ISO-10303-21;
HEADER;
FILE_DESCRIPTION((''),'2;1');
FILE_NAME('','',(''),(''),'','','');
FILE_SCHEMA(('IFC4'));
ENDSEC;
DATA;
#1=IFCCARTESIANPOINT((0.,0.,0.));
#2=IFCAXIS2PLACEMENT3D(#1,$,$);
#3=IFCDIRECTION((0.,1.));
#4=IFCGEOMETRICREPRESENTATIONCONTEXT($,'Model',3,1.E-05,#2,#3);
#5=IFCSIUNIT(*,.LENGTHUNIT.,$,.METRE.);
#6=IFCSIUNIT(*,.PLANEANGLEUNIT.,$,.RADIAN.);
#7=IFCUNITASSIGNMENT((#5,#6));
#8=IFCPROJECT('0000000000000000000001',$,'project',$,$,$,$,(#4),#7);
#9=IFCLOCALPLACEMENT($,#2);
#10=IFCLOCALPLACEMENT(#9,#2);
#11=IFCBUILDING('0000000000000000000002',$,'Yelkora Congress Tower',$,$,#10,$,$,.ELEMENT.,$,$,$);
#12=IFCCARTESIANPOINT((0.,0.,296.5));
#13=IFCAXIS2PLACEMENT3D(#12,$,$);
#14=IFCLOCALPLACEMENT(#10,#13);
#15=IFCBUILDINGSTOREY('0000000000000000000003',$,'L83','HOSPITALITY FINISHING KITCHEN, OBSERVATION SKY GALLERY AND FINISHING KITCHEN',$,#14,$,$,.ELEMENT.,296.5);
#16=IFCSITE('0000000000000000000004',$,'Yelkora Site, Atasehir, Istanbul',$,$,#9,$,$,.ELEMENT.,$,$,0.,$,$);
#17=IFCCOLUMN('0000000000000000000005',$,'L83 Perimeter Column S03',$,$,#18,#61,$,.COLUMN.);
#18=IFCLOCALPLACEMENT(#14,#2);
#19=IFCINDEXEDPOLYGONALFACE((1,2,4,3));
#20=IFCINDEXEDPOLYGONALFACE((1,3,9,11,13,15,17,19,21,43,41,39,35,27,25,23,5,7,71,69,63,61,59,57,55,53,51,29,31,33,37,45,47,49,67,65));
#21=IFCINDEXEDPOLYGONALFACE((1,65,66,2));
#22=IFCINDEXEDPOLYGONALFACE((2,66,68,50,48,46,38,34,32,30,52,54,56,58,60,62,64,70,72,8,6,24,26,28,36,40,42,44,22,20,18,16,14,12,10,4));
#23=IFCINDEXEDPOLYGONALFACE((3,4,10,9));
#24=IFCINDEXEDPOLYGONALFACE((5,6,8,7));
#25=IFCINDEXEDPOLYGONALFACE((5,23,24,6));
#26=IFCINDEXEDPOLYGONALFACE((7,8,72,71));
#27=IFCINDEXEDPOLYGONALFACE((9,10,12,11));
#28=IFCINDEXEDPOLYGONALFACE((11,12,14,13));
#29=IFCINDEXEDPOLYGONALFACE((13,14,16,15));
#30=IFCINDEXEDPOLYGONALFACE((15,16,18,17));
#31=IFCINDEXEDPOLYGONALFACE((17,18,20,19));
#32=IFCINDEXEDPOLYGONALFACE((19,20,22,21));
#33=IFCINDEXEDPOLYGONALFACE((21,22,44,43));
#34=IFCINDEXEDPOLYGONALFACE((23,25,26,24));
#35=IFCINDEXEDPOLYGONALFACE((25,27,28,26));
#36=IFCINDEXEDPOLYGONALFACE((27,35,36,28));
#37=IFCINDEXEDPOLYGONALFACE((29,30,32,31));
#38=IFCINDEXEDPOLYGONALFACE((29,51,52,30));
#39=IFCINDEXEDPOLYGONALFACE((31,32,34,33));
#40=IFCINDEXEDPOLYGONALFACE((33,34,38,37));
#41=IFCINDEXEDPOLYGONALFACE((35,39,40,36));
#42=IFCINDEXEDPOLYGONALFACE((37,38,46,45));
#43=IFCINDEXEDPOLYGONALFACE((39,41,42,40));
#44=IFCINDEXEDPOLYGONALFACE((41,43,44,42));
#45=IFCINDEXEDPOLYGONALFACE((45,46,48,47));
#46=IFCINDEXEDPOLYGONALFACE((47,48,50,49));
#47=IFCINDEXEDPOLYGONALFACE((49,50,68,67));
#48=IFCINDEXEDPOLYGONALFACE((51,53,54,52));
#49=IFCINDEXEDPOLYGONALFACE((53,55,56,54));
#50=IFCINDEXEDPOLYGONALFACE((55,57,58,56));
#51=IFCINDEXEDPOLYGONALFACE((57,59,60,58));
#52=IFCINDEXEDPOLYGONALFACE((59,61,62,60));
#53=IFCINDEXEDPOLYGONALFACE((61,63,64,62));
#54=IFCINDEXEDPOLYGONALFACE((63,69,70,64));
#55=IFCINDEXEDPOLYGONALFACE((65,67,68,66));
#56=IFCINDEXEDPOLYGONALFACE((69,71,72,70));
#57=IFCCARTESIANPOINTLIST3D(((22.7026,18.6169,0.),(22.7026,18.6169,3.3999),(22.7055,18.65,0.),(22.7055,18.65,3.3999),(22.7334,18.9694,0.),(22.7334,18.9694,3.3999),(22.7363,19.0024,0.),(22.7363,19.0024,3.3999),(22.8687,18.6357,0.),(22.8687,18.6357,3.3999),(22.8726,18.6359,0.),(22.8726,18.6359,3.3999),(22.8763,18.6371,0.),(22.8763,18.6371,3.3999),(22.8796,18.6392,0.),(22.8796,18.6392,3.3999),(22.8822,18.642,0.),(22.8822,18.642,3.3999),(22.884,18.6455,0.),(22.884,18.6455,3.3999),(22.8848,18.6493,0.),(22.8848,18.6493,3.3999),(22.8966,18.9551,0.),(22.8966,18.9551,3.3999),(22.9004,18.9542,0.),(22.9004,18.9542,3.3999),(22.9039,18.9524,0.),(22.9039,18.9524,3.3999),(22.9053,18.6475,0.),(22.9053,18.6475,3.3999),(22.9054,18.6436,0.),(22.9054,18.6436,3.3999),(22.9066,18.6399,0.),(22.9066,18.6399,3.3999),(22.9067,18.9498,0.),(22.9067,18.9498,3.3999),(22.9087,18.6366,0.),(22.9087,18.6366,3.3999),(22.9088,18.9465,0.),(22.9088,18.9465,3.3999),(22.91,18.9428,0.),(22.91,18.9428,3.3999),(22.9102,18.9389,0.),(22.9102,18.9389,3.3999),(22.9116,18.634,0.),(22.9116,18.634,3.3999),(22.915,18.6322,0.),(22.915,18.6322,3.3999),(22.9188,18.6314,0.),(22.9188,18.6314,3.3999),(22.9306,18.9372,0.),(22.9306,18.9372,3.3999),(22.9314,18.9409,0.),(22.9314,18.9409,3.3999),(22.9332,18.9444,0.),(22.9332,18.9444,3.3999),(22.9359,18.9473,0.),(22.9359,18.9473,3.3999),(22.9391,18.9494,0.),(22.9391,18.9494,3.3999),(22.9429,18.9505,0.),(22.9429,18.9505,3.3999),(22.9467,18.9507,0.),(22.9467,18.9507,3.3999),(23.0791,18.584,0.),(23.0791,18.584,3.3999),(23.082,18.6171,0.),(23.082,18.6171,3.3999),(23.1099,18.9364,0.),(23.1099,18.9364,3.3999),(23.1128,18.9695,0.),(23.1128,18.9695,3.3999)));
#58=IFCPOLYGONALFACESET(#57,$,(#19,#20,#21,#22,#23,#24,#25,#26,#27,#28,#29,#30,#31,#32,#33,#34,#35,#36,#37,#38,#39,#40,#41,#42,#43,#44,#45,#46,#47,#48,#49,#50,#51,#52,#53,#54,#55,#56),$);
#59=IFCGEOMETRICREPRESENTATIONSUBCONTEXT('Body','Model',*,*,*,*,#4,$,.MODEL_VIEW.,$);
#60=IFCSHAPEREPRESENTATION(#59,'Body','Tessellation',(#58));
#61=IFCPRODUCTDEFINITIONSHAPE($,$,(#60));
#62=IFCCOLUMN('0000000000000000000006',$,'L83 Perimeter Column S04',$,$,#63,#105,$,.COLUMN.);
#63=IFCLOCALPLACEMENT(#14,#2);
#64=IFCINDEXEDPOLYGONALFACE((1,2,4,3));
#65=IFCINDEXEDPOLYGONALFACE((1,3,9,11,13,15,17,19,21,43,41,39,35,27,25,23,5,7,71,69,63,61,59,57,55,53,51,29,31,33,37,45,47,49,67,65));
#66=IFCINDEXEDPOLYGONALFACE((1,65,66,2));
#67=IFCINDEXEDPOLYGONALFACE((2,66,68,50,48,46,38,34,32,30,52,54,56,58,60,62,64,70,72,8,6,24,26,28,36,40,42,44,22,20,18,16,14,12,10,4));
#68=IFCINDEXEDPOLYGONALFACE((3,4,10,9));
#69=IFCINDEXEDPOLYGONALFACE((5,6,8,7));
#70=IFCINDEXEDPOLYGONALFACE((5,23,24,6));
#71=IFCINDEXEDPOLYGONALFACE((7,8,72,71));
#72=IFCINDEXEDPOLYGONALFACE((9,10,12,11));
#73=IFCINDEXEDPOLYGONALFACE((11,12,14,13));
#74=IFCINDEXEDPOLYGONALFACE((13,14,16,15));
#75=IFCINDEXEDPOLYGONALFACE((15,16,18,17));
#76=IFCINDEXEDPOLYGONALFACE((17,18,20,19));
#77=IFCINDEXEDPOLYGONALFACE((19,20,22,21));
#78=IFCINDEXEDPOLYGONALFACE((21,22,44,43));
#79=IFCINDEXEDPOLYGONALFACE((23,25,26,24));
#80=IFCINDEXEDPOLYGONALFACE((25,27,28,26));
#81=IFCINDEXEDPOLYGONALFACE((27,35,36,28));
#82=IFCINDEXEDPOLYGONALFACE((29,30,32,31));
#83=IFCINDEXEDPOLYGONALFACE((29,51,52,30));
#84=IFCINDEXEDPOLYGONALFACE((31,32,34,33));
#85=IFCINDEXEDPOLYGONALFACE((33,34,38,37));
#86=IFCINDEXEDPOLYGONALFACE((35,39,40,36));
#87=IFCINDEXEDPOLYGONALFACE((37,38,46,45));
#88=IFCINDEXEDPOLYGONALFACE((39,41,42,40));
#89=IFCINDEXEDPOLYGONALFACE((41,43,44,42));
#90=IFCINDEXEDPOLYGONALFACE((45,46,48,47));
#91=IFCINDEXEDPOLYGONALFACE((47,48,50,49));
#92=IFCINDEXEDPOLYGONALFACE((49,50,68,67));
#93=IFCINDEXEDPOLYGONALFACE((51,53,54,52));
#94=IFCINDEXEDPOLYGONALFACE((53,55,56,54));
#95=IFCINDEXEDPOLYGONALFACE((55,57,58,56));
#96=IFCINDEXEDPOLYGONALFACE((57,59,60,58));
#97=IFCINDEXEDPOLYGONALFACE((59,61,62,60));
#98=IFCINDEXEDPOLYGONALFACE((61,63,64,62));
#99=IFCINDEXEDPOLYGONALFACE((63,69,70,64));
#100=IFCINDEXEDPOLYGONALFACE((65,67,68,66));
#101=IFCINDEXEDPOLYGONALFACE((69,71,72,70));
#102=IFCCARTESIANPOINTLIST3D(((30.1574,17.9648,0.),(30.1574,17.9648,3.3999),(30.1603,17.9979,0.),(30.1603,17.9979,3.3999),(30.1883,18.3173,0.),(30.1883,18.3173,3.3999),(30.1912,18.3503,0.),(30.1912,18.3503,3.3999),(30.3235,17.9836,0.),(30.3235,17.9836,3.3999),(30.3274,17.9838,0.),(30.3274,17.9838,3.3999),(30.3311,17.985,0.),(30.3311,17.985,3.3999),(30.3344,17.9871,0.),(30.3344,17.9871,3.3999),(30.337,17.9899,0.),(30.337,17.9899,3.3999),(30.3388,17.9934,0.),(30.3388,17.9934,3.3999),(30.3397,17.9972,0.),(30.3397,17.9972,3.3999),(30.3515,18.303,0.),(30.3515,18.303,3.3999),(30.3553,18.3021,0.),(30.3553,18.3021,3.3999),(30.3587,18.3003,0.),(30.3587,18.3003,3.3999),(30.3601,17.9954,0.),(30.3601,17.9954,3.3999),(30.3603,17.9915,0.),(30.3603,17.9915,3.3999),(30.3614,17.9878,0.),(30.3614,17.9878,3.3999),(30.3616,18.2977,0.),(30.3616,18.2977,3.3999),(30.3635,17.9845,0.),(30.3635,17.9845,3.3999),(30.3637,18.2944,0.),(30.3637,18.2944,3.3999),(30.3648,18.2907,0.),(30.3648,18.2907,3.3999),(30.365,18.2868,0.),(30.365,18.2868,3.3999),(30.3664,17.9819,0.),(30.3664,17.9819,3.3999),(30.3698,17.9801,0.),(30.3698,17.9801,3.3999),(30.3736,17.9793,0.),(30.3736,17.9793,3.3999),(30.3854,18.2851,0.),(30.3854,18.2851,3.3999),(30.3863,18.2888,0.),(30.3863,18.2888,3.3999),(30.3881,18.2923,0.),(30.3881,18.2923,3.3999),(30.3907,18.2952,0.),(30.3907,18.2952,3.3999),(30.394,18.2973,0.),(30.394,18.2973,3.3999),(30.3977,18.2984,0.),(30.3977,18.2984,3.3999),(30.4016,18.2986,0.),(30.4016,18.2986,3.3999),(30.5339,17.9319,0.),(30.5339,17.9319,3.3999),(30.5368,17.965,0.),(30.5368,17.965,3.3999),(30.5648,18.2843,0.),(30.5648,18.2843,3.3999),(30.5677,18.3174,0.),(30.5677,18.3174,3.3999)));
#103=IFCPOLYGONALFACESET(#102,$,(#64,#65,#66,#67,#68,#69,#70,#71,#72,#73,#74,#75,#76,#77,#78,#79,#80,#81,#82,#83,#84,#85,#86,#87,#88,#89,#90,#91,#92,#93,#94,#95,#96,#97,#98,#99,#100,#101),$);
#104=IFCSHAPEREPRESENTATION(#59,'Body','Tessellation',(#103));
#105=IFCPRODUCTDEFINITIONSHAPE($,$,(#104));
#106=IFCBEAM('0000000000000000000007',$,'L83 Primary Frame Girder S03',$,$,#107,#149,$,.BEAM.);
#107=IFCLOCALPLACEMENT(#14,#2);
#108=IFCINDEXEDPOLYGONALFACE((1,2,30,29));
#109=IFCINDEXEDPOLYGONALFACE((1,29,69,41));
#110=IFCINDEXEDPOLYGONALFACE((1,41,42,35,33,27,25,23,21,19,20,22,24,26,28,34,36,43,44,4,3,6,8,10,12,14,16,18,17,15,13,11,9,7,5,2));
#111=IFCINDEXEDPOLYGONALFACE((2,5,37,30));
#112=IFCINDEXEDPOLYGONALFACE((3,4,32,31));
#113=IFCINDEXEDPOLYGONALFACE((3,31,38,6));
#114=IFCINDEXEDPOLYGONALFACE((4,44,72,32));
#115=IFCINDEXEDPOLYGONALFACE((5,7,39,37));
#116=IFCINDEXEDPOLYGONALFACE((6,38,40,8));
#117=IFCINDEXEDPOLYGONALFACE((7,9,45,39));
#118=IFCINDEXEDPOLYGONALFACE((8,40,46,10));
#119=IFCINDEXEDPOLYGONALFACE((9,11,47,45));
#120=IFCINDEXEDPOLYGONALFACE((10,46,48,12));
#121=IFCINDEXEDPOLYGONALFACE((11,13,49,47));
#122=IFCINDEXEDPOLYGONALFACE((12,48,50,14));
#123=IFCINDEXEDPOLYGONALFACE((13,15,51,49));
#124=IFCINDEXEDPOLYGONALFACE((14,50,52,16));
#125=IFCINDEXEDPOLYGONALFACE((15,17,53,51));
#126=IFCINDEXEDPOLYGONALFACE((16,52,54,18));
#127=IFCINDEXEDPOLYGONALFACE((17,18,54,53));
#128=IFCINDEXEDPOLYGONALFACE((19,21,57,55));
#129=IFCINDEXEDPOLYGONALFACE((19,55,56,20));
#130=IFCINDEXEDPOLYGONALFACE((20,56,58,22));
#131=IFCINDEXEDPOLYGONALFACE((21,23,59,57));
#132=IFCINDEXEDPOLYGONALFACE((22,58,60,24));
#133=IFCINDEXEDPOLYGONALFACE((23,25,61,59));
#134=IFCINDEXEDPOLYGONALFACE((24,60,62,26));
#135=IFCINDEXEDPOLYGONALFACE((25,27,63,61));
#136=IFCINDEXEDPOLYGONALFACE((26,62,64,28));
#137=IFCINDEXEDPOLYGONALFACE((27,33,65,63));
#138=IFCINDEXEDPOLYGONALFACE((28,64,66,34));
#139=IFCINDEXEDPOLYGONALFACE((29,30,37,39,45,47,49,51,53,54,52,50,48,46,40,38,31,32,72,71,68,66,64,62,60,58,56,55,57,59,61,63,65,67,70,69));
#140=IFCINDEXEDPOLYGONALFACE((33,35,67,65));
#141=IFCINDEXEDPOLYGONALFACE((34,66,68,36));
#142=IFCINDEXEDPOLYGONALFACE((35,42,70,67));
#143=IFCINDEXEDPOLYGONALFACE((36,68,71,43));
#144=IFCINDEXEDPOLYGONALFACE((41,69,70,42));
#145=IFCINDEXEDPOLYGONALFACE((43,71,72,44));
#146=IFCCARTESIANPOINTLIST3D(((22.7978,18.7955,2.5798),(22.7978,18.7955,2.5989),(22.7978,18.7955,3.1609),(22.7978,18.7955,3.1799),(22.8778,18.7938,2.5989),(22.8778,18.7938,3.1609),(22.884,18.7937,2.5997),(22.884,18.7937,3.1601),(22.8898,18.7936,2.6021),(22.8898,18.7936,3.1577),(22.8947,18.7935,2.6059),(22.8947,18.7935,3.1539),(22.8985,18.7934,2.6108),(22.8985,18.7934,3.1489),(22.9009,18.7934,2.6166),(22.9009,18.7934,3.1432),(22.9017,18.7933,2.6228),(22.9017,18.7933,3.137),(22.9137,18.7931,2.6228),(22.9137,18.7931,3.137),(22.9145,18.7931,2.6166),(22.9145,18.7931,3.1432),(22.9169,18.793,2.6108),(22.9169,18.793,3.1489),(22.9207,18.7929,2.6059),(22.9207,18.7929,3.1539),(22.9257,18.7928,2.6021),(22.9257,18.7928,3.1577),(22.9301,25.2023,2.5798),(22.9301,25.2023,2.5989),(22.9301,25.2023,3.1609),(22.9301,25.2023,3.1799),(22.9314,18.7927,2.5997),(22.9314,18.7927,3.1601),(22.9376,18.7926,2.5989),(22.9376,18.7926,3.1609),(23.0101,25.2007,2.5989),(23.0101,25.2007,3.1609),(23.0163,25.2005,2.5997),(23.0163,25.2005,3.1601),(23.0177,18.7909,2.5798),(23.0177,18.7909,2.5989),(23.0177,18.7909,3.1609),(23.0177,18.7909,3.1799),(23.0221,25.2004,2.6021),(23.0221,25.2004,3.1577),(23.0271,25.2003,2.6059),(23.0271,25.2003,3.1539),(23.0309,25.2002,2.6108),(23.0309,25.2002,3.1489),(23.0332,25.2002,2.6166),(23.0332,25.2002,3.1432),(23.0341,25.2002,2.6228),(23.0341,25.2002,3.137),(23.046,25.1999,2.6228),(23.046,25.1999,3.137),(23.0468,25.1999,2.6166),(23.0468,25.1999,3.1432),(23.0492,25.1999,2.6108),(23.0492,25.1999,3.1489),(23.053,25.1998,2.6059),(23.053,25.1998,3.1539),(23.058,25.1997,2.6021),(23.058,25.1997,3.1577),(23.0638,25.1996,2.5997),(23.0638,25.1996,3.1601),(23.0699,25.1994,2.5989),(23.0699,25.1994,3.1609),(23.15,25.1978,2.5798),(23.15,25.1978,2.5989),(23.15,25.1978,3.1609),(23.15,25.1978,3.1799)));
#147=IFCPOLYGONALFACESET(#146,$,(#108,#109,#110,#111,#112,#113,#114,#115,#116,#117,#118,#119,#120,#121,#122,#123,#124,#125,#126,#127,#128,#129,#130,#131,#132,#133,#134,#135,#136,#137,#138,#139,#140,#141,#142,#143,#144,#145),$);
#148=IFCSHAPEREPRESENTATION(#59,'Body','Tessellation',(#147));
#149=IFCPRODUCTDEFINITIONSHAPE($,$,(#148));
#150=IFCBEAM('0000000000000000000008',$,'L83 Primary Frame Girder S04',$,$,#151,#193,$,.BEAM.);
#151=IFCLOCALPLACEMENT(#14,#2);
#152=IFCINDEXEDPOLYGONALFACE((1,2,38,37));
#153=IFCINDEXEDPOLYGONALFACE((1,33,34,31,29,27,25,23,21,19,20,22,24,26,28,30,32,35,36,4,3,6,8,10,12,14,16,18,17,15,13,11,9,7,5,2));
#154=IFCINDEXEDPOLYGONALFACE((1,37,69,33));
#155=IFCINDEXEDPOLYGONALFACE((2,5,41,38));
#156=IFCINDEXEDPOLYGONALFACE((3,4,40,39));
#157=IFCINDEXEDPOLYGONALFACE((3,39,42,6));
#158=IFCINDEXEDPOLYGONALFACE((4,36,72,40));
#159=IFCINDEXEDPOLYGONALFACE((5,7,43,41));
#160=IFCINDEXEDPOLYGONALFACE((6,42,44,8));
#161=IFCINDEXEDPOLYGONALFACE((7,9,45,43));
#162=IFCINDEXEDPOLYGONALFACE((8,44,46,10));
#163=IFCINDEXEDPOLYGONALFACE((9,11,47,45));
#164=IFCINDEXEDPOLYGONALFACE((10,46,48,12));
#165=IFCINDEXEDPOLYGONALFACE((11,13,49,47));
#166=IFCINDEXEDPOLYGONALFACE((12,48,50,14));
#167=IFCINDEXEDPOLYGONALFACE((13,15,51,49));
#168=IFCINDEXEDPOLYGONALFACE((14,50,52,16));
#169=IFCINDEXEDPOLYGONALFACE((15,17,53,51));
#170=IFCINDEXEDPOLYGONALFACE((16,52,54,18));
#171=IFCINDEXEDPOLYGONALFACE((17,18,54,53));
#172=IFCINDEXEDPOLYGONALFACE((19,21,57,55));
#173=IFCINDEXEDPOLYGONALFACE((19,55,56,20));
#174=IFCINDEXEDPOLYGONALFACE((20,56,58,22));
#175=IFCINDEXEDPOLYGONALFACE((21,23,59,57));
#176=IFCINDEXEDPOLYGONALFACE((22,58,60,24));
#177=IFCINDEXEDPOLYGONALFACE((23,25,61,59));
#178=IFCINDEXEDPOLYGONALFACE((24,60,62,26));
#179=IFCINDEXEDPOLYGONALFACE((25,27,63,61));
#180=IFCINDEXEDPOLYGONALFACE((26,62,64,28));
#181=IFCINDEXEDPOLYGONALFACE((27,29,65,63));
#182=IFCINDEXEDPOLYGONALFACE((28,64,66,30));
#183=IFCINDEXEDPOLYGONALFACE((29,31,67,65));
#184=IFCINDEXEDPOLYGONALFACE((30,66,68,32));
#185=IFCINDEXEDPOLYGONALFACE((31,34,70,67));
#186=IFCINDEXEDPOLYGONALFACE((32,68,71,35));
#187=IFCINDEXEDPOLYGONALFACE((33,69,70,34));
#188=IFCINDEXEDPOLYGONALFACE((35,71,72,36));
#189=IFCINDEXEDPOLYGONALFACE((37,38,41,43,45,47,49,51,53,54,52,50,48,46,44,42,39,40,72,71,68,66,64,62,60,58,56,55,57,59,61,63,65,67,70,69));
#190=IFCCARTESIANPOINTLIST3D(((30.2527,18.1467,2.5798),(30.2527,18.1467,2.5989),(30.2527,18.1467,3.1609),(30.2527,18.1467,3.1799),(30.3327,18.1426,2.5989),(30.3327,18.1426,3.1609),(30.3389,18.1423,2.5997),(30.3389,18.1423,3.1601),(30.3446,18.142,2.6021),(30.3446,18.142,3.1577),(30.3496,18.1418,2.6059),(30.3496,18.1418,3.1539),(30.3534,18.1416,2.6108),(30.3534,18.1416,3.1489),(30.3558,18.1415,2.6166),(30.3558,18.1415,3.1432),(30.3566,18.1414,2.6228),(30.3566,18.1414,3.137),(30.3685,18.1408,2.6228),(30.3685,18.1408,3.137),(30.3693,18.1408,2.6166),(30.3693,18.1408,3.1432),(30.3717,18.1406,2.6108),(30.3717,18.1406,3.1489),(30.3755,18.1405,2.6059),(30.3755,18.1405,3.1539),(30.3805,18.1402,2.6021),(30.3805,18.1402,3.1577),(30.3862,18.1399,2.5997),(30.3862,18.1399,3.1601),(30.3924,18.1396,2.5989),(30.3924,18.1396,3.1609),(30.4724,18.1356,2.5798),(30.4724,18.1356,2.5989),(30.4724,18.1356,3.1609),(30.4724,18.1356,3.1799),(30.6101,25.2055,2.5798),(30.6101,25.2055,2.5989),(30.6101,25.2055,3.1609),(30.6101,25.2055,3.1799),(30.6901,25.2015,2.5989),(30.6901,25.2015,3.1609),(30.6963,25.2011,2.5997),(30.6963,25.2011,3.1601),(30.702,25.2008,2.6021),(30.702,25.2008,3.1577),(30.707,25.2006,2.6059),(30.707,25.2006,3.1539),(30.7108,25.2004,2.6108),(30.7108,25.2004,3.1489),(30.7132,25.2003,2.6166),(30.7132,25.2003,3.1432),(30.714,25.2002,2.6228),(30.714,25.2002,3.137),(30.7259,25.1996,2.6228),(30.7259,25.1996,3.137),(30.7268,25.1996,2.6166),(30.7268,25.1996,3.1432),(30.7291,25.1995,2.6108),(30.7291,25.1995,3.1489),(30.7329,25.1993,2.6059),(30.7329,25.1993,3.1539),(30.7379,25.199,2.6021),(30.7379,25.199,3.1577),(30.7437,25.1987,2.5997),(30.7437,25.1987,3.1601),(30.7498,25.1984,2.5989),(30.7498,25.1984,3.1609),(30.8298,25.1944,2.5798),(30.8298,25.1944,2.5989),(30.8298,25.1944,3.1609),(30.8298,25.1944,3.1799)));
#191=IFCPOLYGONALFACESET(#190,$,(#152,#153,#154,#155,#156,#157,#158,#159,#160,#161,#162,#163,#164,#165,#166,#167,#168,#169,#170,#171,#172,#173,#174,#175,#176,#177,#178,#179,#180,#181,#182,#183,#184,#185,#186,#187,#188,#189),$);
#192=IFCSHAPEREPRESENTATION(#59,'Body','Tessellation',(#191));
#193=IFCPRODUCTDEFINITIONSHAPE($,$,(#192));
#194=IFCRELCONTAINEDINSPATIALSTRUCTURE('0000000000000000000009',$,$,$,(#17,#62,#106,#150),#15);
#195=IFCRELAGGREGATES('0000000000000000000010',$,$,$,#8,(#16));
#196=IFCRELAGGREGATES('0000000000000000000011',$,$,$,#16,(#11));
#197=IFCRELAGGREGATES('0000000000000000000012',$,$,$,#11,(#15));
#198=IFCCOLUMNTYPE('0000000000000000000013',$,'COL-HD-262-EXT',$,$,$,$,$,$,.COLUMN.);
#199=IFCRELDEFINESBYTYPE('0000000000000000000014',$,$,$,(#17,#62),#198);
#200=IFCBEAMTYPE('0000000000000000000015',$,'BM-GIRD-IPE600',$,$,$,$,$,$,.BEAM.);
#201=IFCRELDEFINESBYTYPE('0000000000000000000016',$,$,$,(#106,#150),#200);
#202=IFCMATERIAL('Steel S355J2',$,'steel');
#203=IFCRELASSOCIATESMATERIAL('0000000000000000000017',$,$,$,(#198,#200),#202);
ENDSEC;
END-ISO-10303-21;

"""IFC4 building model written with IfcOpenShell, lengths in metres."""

from ifc_helpers import new_model, si_unit, direction, frame, origin, origin_2d, place, context, subcontext, project, spatial, i_section, extrude, material, material_profile, profile_set, type_object, element, save


model = new_model("IFC4")

# Units and contexts
model_context = context("Model", 3, precision=1e-05, world=origin(), true_north=direction((0.0, 1.0)))
body_context = subcontext(model_context, "Body", "Model", "MODEL_VIEW")
ifc_project = project(units=[si_unit("LENGTHUNIT", "METRE"), si_unit("PLANEANGLEUNIT", "RADIAN")], contexts=[model_context])

# Site, building, storey
site_placement = place(None, origin())
site = spatial("IfcSite", under=ifc_project, at=site_placement, Name="Yelkora Site, Atasehir, Istanbul", CompositionType="ELEMENT", RefElevation=0.0)
building_placement = place(site_placement, origin())
building = spatial("IfcBuilding", under=site, at=building_placement, Name="Yelkora Congress Tower", CompositionType="ELEMENT")
storey_placement = place(building_placement, frame((0.0, 0.0, 296.5)))
storey = spatial("IfcBuildingStorey", under=building, at=storey_placement, Name="L83", Description="HOSPITALITY FINISHING KITCHEN, OBSERVATION SKY GALLERY AND FINISHING KITCHEN", CompositionType="ELEMENT", Elevation=296.5)

# Columns
ifc_material_1 = material(Name="Steel S355J2", Category="steel")
ifc_material_profile_1 = material_profile(ifc_material_1, i_section(OverallWidth=0.3779, OverallDepth=0.387, WebThickness=0.0205, FlangeThickness=0.0332, FilletRadius=0.0149, at=origin_2d()), Name="HD 360x262")
ifc_profile_set_1 = profile_set([ifc_material_profile_1], Name="Steel S355J2")
column_type = type_object("IfcColumnType", Name="COL-HD-262-EXT", PredefinedType="COLUMN", material=ifc_profile_set_1)
for number, where, z_axis, x_axis, name in (
    (1, (22.9077, 18.7932, 0.0), (0.0, 0.0, 1.0), (0.996195, -0.087156, 0.0), "L83 Perimeter Column S03"),
    (2, (30.3625, 18.1411, 0.0), (0.0, 0.0, 1.0), (0.996195, -0.087156, 0.0), "L83 Perimeter Column S04"),
):
    element("IfcColumn", number, at=place(storey_placement, frame(where, z_axis=z_axis, x_axis=x_axis)), inside=storey, type_object=column_type, Name=name, PredefinedType="COLUMN", context=body_context, shape_type="SweptSolid", body=[
        extrude(i_section(OverallWidth=0.3779, OverallDepth=0.387, WebThickness=0.0205, FlangeThickness=0.0332, FilletRadius=0.0149, at=origin_2d()), origin(), (0.0, 0.0, 1.0), 3.3999),
    ])

# Beams
ifc_material_profile_2 = material_profile(ifc_material_1, i_section(OverallWidth=0.22, OverallDepth=0.6001, WebThickness=0.012, FlangeThickness=0.019, FilletRadius=0.0239, at=origin_2d()), Name="IPE 600")
ifc_profile_set_2 = profile_set([ifc_material_profile_2], Name="Steel S355J2")
beam_type_1 = type_object("IfcBeamType", Name="BM-GIRD-IPE600", PredefinedType="BEAM", material=ifc_profile_set_2)
beam_1_placement = place(storey_placement, frame((22.9077, 18.7932, 2.8799), z_axis=(0.02065, 0.999787, 0.0), x_axis=(-0.999787, 0.02065, 0.0)))
element("IfcBeam", 3, at=beam_1_placement, inside=storey, type_object=beam_type_1, Name="L83 Primary Frame Girder S03", PredefinedType="BEAM", context=body_context, shape_type="SweptSolid", body=[
    extrude(i_section(OverallWidth=0.22, OverallDepth=0.6001, WebThickness=0.012, FlangeThickness=0.019, FilletRadius=0.0239, at=origin_2d()), origin(), (0.0, 0.0, 1.0), 6.4082),
])
beam_2_placement = place(storey_placement, frame((30.3625, 18.1411, 2.8799), z_axis=(0.05057, 0.998721, 0.0), x_axis=(-0.998721, 0.05057, 0.0)))
element("IfcBeam", 4, at=beam_2_placement, inside=storey, type_object=beam_type_1, Name="L83 Primary Frame Girder S04", PredefinedType="BEAM", context=body_context, shape_type="SweptSolid", body=[
    extrude(i_section(OverallWidth=0.22, OverallDepth=0.6001, WebThickness=0.012, FlangeThickness=0.019, FilletRadius=0.0239, at=origin_2d()), origin(), (0.0, 0.0, 1.0), 7.0679),
])

save(model, "model.ifc")
